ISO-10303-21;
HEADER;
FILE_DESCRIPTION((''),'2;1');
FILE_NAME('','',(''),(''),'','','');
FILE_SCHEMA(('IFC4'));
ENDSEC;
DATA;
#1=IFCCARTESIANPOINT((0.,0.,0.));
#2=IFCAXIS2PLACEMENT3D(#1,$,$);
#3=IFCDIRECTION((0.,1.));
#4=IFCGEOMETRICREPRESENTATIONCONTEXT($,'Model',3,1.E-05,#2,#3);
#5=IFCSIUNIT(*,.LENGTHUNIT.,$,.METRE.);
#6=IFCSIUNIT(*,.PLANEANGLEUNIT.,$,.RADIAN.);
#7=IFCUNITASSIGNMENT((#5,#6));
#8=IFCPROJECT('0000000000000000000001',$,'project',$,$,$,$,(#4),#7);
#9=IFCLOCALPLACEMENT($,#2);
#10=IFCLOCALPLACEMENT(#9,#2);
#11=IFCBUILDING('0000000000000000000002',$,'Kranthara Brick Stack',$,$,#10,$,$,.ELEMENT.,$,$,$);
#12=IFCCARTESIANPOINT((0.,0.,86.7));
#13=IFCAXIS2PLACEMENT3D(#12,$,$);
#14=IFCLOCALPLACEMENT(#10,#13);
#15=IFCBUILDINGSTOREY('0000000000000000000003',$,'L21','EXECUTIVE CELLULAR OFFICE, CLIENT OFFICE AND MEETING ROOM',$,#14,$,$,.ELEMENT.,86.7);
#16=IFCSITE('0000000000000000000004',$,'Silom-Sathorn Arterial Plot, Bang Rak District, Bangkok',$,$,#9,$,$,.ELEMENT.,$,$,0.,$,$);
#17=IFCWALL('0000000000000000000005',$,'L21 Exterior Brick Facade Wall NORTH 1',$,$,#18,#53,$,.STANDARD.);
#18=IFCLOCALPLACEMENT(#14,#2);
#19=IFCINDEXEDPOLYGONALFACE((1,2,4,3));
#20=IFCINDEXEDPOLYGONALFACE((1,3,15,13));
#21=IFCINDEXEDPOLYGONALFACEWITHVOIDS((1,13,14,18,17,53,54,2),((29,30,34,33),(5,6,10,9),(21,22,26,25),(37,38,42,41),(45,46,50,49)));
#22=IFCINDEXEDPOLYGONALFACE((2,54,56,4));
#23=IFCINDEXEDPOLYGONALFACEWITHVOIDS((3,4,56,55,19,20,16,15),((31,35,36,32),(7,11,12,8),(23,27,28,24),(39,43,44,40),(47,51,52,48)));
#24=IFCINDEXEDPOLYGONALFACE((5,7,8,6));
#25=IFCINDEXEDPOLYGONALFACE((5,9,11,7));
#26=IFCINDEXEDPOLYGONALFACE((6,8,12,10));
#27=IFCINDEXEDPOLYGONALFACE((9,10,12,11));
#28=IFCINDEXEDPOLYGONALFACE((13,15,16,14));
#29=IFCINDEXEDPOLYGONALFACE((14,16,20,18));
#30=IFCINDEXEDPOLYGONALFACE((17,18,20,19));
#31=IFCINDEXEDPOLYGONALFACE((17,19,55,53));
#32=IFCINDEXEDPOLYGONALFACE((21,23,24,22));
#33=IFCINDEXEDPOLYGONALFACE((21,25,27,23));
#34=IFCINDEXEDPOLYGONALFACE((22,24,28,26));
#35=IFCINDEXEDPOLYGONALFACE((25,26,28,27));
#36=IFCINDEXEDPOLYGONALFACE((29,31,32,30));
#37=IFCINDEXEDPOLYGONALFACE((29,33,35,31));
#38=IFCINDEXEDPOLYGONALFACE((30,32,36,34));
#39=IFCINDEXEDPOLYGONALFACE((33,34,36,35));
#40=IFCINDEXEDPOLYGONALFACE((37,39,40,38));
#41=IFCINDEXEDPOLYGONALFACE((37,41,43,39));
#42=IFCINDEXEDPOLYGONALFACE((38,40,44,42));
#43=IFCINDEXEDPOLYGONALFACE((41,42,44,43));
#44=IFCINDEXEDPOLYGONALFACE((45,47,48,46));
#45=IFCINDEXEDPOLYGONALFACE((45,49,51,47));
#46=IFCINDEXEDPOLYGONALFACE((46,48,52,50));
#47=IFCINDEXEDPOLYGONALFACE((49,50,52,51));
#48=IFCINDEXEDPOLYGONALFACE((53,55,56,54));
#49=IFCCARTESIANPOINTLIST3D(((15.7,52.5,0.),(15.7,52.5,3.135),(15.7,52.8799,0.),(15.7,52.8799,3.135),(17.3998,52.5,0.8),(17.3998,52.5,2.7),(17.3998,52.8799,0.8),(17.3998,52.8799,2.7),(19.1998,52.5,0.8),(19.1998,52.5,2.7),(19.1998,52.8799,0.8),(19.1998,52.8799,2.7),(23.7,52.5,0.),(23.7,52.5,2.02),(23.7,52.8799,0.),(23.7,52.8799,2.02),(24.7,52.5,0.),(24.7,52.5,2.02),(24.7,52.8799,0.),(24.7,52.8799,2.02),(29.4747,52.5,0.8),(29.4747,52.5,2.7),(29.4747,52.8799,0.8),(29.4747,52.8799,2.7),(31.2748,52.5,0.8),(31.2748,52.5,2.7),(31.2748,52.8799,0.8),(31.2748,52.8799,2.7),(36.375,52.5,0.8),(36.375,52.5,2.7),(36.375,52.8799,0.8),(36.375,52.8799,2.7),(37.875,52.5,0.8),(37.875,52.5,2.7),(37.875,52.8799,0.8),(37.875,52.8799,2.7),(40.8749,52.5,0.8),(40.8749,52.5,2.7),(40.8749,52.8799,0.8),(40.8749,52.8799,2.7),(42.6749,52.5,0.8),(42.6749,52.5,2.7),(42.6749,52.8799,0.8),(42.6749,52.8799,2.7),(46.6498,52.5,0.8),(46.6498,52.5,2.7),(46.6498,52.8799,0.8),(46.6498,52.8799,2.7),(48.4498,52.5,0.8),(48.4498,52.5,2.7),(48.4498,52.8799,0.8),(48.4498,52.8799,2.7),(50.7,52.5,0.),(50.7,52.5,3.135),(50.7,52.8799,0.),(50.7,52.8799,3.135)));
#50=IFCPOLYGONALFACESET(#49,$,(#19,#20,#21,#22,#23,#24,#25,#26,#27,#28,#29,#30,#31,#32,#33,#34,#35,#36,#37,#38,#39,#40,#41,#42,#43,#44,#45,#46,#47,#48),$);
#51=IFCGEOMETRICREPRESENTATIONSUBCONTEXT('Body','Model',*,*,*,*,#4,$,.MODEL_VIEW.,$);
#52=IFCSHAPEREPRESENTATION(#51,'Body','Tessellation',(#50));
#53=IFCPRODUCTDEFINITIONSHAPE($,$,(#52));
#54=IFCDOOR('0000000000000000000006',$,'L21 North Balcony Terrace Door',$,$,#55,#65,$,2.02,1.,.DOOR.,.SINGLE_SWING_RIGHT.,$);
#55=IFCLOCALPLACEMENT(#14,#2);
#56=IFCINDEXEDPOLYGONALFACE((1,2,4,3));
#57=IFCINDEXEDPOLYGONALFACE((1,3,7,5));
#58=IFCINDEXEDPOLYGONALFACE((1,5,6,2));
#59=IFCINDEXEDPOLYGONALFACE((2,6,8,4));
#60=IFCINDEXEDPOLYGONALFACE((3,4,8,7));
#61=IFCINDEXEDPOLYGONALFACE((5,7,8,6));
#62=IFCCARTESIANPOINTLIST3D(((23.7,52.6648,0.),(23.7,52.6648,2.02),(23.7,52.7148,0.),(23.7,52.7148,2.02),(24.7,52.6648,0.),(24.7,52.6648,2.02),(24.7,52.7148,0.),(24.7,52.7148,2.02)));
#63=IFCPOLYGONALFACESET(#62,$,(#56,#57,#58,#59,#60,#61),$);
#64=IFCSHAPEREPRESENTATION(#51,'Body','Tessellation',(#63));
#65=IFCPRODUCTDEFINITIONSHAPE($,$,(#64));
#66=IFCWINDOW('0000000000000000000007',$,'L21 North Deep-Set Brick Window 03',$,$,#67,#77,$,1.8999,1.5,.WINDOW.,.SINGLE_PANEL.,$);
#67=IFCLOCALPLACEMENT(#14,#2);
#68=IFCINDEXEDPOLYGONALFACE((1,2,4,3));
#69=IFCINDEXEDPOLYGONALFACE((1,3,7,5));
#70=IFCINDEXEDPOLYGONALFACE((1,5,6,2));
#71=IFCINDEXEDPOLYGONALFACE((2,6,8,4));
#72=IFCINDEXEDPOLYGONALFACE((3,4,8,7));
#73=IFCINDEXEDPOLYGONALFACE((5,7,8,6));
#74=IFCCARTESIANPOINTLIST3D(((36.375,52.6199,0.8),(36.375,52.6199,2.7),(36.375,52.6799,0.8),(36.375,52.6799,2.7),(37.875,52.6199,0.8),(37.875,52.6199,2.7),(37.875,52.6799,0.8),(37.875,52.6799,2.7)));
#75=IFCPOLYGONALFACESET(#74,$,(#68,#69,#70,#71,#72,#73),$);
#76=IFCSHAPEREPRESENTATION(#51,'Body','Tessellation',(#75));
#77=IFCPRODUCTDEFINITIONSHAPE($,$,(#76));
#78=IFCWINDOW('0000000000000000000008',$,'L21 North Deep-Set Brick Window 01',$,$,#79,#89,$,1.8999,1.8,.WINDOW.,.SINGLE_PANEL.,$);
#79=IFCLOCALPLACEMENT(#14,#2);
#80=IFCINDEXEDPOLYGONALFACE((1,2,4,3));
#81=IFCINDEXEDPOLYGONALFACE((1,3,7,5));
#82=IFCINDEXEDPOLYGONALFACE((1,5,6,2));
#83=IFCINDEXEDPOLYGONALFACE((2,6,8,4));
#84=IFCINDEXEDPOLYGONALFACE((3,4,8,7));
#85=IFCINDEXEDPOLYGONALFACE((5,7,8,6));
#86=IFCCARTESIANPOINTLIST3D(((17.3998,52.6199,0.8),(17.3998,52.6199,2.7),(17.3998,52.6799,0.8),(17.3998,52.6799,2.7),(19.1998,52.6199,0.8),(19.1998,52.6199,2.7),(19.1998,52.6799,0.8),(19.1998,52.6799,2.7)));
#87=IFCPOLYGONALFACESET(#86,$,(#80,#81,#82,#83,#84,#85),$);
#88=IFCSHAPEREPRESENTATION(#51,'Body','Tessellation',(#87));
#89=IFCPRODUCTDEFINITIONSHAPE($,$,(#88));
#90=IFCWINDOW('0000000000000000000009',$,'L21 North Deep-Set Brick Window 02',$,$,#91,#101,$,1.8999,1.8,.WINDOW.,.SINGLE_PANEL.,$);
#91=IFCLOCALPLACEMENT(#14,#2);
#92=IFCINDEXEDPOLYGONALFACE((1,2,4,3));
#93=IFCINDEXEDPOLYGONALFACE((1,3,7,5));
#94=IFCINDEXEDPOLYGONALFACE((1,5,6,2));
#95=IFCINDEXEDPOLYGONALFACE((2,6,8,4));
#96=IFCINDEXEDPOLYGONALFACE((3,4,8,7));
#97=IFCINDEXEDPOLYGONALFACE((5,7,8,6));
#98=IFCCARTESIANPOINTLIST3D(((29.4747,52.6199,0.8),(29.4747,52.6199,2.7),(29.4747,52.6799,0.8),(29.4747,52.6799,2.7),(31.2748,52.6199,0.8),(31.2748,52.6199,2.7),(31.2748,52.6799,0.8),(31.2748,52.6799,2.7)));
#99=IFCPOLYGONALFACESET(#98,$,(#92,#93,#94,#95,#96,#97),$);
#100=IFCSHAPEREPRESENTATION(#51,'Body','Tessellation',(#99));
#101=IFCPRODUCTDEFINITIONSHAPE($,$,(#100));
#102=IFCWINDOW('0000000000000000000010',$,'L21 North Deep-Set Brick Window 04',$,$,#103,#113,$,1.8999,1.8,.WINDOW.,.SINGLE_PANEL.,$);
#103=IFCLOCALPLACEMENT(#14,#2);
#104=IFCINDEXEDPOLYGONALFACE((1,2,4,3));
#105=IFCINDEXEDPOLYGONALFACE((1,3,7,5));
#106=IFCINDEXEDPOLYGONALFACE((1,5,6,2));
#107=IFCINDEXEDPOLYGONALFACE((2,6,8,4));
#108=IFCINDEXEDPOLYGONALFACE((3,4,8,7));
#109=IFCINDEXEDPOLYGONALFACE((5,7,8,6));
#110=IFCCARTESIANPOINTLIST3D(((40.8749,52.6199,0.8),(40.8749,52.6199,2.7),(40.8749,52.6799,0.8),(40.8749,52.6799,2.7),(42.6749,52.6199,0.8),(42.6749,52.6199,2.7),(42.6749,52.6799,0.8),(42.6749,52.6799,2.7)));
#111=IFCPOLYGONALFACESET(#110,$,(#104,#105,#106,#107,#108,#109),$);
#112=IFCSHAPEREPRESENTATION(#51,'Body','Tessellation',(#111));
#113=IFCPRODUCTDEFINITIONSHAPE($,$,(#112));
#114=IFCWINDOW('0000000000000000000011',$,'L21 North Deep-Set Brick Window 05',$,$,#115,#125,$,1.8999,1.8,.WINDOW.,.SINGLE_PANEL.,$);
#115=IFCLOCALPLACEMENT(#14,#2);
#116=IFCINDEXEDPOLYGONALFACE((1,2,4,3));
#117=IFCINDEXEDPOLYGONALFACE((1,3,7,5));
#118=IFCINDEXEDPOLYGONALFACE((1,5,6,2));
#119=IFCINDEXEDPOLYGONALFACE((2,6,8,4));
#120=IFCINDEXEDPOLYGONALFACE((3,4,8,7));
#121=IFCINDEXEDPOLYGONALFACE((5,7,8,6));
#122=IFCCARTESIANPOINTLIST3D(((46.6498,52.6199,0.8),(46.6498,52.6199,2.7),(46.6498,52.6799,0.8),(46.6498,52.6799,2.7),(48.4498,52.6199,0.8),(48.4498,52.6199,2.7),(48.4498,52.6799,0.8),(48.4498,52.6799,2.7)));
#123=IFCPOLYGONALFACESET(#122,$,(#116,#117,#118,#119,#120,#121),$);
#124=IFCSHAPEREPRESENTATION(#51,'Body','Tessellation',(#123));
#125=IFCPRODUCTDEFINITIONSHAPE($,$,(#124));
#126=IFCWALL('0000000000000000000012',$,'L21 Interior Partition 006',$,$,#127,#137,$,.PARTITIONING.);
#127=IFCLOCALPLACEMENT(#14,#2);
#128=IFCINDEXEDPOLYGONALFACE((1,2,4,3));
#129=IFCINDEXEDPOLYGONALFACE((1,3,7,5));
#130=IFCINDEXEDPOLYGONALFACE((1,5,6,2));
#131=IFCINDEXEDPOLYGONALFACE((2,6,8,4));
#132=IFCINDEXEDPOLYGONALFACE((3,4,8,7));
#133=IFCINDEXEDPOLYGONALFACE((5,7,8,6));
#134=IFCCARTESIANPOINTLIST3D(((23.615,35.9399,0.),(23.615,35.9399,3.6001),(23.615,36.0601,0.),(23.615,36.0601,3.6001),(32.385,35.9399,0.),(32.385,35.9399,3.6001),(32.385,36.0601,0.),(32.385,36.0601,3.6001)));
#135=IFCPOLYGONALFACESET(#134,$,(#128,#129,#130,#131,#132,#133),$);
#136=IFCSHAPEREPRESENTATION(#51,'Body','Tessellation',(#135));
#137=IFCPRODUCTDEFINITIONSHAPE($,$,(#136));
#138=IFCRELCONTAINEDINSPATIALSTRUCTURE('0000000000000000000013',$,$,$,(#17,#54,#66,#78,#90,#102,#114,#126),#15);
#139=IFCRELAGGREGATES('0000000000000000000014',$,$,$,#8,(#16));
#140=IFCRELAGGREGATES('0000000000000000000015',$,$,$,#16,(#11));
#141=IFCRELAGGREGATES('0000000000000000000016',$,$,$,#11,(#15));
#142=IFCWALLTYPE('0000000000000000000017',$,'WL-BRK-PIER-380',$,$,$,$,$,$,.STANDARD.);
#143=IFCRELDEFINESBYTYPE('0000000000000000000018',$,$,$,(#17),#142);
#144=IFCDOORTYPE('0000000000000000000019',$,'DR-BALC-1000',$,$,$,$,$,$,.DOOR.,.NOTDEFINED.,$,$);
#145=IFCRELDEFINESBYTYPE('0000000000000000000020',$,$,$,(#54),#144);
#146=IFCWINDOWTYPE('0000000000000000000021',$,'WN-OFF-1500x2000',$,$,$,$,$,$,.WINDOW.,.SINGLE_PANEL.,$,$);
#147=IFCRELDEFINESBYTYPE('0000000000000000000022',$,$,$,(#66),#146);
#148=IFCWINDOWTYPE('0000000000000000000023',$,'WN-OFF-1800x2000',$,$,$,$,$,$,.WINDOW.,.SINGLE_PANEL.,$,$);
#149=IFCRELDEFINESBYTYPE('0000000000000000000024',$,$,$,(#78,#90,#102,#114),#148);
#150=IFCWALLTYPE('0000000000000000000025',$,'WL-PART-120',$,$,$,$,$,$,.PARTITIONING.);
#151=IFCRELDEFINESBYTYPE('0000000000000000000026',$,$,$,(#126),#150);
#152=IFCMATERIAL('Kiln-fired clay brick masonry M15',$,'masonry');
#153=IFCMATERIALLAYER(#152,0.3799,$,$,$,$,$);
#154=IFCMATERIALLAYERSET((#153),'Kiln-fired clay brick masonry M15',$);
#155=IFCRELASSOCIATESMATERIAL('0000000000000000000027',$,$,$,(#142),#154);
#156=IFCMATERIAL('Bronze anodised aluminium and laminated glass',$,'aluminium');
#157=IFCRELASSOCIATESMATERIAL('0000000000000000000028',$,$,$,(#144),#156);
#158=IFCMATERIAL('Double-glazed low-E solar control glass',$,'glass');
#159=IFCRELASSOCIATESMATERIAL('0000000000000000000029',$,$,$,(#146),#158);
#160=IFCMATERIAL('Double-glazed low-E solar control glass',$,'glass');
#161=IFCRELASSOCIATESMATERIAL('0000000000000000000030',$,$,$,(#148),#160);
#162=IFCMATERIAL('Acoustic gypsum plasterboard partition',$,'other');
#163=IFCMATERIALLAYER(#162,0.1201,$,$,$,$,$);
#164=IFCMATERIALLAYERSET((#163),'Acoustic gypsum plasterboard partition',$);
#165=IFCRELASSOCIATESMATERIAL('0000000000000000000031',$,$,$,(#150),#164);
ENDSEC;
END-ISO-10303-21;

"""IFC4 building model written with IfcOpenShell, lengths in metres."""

from ifc_helpers import new_model, si_unit, direction, frame, frame_2d, origin, place, context, subcontext, project, spatial, rectangle, extrude, material, layer, layer_set, type_object, element, fill, save


model = new_model("IFC4")

# Units and contexts
model_context = context("Model", 3, precision=1e-05, world=origin(), true_north=direction((0.0, 1.0)))
body_context = subcontext(model_context, "Body", "Model", "MODEL_VIEW")
ifc_project = project(units=[si_unit("LENGTHUNIT", "METRE"), si_unit("PLANEANGLEUNIT", "RADIAN")], contexts=[model_context])

# Site, building, storey
site_placement = place(None, origin())
site = spatial("IfcSite", under=ifc_project, at=site_placement, Name="Silom-Sathorn Arterial Plot, Bang Rak District, Bangkok", CompositionType="ELEMENT", RefElevation=0.0)
building_placement = place(site_placement, origin())
building = spatial("IfcBuilding", under=site, at=building_placement, Name="Kranthara Brick Stack", CompositionType="ELEMENT")
storey_placement = place(building_placement, frame((0.0, 0.0, 86.7)))
storey = spatial("IfcBuildingStorey", under=building, at=storey_placement, Name="L21", Description="EXECUTIVE CELLULAR OFFICE, CLIENT OFFICE AND MEETING ROOM", CompositionType="ELEMENT", Elevation=86.7)

# Shared definitions
ifc_material_1 = material(Name="Kiln-fired clay brick masonry M15", Category="masonry")
ifc_layer_1 = layer(ifc_material_1, 0.3799)
ifc_layer_set_1 = layer_set([ifc_layer_1], Name="Kiln-fired clay brick masonry M15")
wall_type_1 = type_object("IfcWallType", Name="WL-BRK-PIER-380", PredefinedType="STANDARD", material=ifc_layer_set_1)

# Wall, openings, door, windows
wall_1_placement = place(storey_placement, frame((15.7, 52.6899, 0.0), z_axis=(0.0, 0.0, 1.0), x_axis=(1.0, 0.0, 0.0)))
wall_1 = element("IfcWall", 1, at=wall_1_placement, inside=storey, type_object=wall_type_1, Name="L21 Exterior Brick Facade Wall NORTH 1", PredefinedType="STANDARD", context=body_context, shape_type="SweptSolid", body=[
    extrude(rectangle(XDim=35.0, YDim=0.3799, at=frame_2d((17.5, 0.0))), origin(), (0.0, 0.0, 1.0), 3.135),
])
opening_1_placement = place(wall_1_placement, frame((8.0, 0.0, 0.0)))
opening_1 = element("IfcOpeningElement", 2, at=opening_1_placement, cuts=wall_1, PredefinedType="OPENING", context=body_context, shape_type="SweptSolid", body=[
    extrude(rectangle(XDim=1.0, YDim=2.02, at=frame_2d((0.5, 1.01))), frame((0.0, 0.2, 0.0), z_axis=(0.0, -1.0, 0.0), x_axis=(1.0, 0.0, 0.0)), (0.0, 0.0, 1.0), 0.3999),
])
opening_2_placement = place(wall_1_placement, frame((1.7, 0.0, 0.8)))
opening_2 = element("IfcOpeningElement", 3, at=opening_2_placement, cuts=wall_1, PredefinedType="OPENING", context=body_context, shape_type="SweptSolid", body=[
    extrude(rectangle(XDim=1.8, YDim=1.8999, at=frame_2d((0.8999, 0.95))), frame((0.0, 0.2, 0.0), z_axis=(0.0, -1.0, 0.0), x_axis=(1.0, 0.0, 0.0)), (0.0, 0.0, 1.0), 0.3999),
])
opening_3_placement = place(wall_1_placement, frame((13.7749, 0.0, 0.8)))
opening_3 = element("IfcOpeningElement", 4, at=opening_3_placement, cuts=wall_1, PredefinedType="OPENING", context=body_context, shape_type="SweptSolid", body=[
    extrude(rectangle(XDim=1.8, YDim=1.8999, at=frame_2d((0.8999, 0.95))), frame((0.0, 0.2, 0.0), z_axis=(0.0, -1.0, 0.0), x_axis=(1.0, 0.0, 0.0)), (0.0, 0.0, 1.0), 0.3999),
])
opening_4_placement = place(wall_1_placement, frame((20.675, 0.0, 0.8)))
opening_4 = element("IfcOpeningElement", 5, at=opening_4_placement, cuts=wall_1, PredefinedType="OPENING", context=body_context, shape_type="SweptSolid", body=[
    extrude(rectangle(XDim=1.5, YDim=1.8999, at=frame_2d((0.75, 0.95))), frame((0.0, 0.2, 0.0), z_axis=(0.0, -1.0, 0.0), x_axis=(1.0, 0.0, 0.0)), (0.0, 0.0, 1.0), 0.3999),
])
opening_5_placement = place(wall_1_placement, frame((25.175, 0.0, 0.8)))
opening_5 = element("IfcOpeningElement", 6, at=opening_5_placement, cuts=wall_1, PredefinedType="OPENING", context=body_context, shape_type="SweptSolid", body=[
    extrude(rectangle(XDim=1.8, YDim=1.8999, at=frame_2d((0.8999, 0.95))), frame((0.0, 0.2, 0.0), z_axis=(0.0, -1.0, 0.0), x_axis=(1.0, 0.0, 0.0)), (0.0, 0.0, 1.0), 0.3999),
])
opening_6_placement = place(wall_1_placement, frame((30.95, 0.0, 0.8)))
opening_6 = element("IfcOpeningElement", 7, at=opening_6_placement, cuts=wall_1, PredefinedType="OPENING", context=body_context, shape_type="SweptSolid", body=[
    extrude(rectangle(XDim=1.8, YDim=1.8999, at=frame_2d((0.8999, 0.95))), frame((0.0, 0.2, 0.0), z_axis=(0.0, -1.0, 0.0), x_axis=(1.0, 0.0, 0.0)), (0.0, 0.0, 1.0), 0.3999),
])
ifc_material_2 = material(Name="Bronze anodised aluminium and laminated glass", Category="aluminium")
door_type_1 = type_object("IfcDoorType", Name="DR-BALC-1000", OperationType="NOTDEFINED", PredefinedType="DOOR", material=ifc_material_2)
door_1_placement = place(opening_1_placement, origin())
door_1 = element("IfcDoor", 8, at=door_1_placement, inside=storey, type_object=door_type_1, Name="L21 North Balcony Terrace Door", OperationType="SINGLE_SWING_RIGHT", OverallHeight=2.02, OverallWidth=1.0, PredefinedType="DOOR", context=body_context, shape_type="SweptSolid", body=[
    extrude(rectangle(XDim=1.0, YDim=2.02, at=frame_2d((0.5, 1.01))), frame((0.0, 0.0249, 0.0), z_axis=(0.0, -1.0, 0.0), x_axis=(1.0, 0.0, 0.0)), (0.0, 0.0, 1.0), 0.05),
])
fill(opening_1, door_1)
ifc_material_3 = material(Name="Double-glazed low-E solar control glass", Category="glass")
window_type_1 = type_object("IfcWindowType", Name="WN-OFF-1500x2000", PartitioningType="SINGLE_PANEL", PredefinedType="WINDOW", material=ifc_material_3)
window_1_placement = place(opening_4_placement, origin())
window_1 = element("IfcWindow", 9, at=window_1_placement, inside=storey, type_object=window_type_1, Name="L21 North Deep-Set Brick Window 03", OverallHeight=1.8999, OverallWidth=1.5, PartitioningType="SINGLE_PANEL", PredefinedType="WINDOW", context=body_context, shape_type="SweptSolid", body=[
    extrude(rectangle(XDim=1.5, YDim=1.8999, at=frame_2d((0.75, 0.95))), frame((0.0, -0.01, 0.0), z_axis=(0.0, -1.0, 0.0), x_axis=(1.0, 0.0, 0.0)), (0.0, 0.0, 1.0), 0.0601),
])
fill(opening_4, window_1)
ifc_material_4 = material(Name="Double-glazed low-E solar control glass", Category="glass")
window_type_2 = type_object("IfcWindowType", Name="WN-OFF-1800x2000", PartitioningType="SINGLE_PANEL", PredefinedType="WINDOW", material=ifc_material_4)
window_2_placement = place(opening_2_placement, origin())
window_2 = element("IfcWindow", 10, at=window_2_placement, inside=storey, type_object=window_type_2, Name="L21 North Deep-Set Brick Window 01", OverallHeight=1.8999, OverallWidth=1.8, PartitioningType="SINGLE_PANEL", PredefinedType="WINDOW", context=body_context, shape_type="SweptSolid", body=[
    extrude(rectangle(XDim=1.8, YDim=1.8999, at=frame_2d((0.8999, 0.95))), frame((0.0, -0.01, 0.0), z_axis=(0.0, -1.0, 0.0), x_axis=(1.0, 0.0, 0.0)), (0.0, 0.0, 1.0), 0.0601),
])
fill(opening_2, window_2)
window_3_placement = place(opening_3_placement, origin())
window_3 = element("IfcWindow", 11, at=window_3_placement, inside=storey, type_object=window_type_2, Name="L21 North Deep-Set Brick Window 02", OverallHeight=1.8999, OverallWidth=1.8, PartitioningType="SINGLE_PANEL", PredefinedType="WINDOW", context=body_context, shape_type="SweptSolid", body=[
    extrude(rectangle(XDim=1.8, YDim=1.8999, at=frame_2d((0.8999, 0.95))), frame((0.0, -0.01, 0.0), z_axis=(0.0, -1.0, 0.0), x_axis=(1.0, 0.0, 0.0)), (0.0, 0.0, 1.0), 0.0601),
])
fill(opening_3, window_3)
window_4_placement = place(opening_5_placement, origin())
window_4 = element("IfcWindow", 12, at=window_4_placement, inside=storey, type_object=window_type_2, Name="L21 North Deep-Set Brick Window 04", OverallHeight=1.8999, OverallWidth=1.8, PartitioningType="SINGLE_PANEL", PredefinedType="WINDOW", context=body_context, shape_type="SweptSolid", body=[
    extrude(rectangle(XDim=1.8, YDim=1.8999, at=frame_2d((0.8999, 0.95))), frame((0.0, -0.01, 0.0), z_axis=(0.0, -1.0, 0.0), x_axis=(1.0, 0.0, 0.0)), (0.0, 0.0, 1.0), 0.0601),
])
fill(opening_5, window_4)
window_5_placement = place(opening_6_placement, origin())
window_5 = element("IfcWindow", 13, at=window_5_placement, inside=storey, type_object=window_type_2, Name="L21 North Deep-Set Brick Window 05", OverallHeight=1.8999, OverallWidth=1.8, PartitioningType="SINGLE_PANEL", PredefinedType="WINDOW", context=body_context, shape_type="SweptSolid", body=[
    extrude(rectangle(XDim=1.8, YDim=1.8999, at=frame_2d((0.8999, 0.95))), frame((0.0, -0.01, 0.0), z_axis=(0.0, -1.0, 0.0), x_axis=(1.0, 0.0, 0.0)), (0.0, 0.0, 1.0), 0.0601),
])
fill(opening_6, window_5)

# Wall
ifc_material_5 = material(Name="Acoustic gypsum plasterboard partition", Category="other")
ifc_layer_2 = layer(ifc_material_5, 0.1201)
ifc_layer_set_2 = layer_set([ifc_layer_2], Name="Acoustic gypsum plasterboard partition")
wall_type_2 = type_object("IfcWallType", Name="WL-PART-120", PredefinedType="PARTITIONING", material=ifc_layer_set_2)
wall_2_placement = place(storey_placement, frame((23.615, 36.0, 0.0), z_axis=(0.0, 0.0, 1.0), x_axis=(1.0, 0.0, 0.0)))
element("IfcWall", 14, at=wall_2_placement, inside=storey, type_object=wall_type_2, Name="L21 Interior Partition 006", PredefinedType="PARTITIONING", context=body_context, shape_type="SweptSolid", body=[
    extrude(rectangle(XDim=8.77, YDim=0.1201, at=frame_2d((4.385, 0.0))), origin(), (0.0, 0.0, 1.0), 3.6001),
])

save(model, "model.ifc")
